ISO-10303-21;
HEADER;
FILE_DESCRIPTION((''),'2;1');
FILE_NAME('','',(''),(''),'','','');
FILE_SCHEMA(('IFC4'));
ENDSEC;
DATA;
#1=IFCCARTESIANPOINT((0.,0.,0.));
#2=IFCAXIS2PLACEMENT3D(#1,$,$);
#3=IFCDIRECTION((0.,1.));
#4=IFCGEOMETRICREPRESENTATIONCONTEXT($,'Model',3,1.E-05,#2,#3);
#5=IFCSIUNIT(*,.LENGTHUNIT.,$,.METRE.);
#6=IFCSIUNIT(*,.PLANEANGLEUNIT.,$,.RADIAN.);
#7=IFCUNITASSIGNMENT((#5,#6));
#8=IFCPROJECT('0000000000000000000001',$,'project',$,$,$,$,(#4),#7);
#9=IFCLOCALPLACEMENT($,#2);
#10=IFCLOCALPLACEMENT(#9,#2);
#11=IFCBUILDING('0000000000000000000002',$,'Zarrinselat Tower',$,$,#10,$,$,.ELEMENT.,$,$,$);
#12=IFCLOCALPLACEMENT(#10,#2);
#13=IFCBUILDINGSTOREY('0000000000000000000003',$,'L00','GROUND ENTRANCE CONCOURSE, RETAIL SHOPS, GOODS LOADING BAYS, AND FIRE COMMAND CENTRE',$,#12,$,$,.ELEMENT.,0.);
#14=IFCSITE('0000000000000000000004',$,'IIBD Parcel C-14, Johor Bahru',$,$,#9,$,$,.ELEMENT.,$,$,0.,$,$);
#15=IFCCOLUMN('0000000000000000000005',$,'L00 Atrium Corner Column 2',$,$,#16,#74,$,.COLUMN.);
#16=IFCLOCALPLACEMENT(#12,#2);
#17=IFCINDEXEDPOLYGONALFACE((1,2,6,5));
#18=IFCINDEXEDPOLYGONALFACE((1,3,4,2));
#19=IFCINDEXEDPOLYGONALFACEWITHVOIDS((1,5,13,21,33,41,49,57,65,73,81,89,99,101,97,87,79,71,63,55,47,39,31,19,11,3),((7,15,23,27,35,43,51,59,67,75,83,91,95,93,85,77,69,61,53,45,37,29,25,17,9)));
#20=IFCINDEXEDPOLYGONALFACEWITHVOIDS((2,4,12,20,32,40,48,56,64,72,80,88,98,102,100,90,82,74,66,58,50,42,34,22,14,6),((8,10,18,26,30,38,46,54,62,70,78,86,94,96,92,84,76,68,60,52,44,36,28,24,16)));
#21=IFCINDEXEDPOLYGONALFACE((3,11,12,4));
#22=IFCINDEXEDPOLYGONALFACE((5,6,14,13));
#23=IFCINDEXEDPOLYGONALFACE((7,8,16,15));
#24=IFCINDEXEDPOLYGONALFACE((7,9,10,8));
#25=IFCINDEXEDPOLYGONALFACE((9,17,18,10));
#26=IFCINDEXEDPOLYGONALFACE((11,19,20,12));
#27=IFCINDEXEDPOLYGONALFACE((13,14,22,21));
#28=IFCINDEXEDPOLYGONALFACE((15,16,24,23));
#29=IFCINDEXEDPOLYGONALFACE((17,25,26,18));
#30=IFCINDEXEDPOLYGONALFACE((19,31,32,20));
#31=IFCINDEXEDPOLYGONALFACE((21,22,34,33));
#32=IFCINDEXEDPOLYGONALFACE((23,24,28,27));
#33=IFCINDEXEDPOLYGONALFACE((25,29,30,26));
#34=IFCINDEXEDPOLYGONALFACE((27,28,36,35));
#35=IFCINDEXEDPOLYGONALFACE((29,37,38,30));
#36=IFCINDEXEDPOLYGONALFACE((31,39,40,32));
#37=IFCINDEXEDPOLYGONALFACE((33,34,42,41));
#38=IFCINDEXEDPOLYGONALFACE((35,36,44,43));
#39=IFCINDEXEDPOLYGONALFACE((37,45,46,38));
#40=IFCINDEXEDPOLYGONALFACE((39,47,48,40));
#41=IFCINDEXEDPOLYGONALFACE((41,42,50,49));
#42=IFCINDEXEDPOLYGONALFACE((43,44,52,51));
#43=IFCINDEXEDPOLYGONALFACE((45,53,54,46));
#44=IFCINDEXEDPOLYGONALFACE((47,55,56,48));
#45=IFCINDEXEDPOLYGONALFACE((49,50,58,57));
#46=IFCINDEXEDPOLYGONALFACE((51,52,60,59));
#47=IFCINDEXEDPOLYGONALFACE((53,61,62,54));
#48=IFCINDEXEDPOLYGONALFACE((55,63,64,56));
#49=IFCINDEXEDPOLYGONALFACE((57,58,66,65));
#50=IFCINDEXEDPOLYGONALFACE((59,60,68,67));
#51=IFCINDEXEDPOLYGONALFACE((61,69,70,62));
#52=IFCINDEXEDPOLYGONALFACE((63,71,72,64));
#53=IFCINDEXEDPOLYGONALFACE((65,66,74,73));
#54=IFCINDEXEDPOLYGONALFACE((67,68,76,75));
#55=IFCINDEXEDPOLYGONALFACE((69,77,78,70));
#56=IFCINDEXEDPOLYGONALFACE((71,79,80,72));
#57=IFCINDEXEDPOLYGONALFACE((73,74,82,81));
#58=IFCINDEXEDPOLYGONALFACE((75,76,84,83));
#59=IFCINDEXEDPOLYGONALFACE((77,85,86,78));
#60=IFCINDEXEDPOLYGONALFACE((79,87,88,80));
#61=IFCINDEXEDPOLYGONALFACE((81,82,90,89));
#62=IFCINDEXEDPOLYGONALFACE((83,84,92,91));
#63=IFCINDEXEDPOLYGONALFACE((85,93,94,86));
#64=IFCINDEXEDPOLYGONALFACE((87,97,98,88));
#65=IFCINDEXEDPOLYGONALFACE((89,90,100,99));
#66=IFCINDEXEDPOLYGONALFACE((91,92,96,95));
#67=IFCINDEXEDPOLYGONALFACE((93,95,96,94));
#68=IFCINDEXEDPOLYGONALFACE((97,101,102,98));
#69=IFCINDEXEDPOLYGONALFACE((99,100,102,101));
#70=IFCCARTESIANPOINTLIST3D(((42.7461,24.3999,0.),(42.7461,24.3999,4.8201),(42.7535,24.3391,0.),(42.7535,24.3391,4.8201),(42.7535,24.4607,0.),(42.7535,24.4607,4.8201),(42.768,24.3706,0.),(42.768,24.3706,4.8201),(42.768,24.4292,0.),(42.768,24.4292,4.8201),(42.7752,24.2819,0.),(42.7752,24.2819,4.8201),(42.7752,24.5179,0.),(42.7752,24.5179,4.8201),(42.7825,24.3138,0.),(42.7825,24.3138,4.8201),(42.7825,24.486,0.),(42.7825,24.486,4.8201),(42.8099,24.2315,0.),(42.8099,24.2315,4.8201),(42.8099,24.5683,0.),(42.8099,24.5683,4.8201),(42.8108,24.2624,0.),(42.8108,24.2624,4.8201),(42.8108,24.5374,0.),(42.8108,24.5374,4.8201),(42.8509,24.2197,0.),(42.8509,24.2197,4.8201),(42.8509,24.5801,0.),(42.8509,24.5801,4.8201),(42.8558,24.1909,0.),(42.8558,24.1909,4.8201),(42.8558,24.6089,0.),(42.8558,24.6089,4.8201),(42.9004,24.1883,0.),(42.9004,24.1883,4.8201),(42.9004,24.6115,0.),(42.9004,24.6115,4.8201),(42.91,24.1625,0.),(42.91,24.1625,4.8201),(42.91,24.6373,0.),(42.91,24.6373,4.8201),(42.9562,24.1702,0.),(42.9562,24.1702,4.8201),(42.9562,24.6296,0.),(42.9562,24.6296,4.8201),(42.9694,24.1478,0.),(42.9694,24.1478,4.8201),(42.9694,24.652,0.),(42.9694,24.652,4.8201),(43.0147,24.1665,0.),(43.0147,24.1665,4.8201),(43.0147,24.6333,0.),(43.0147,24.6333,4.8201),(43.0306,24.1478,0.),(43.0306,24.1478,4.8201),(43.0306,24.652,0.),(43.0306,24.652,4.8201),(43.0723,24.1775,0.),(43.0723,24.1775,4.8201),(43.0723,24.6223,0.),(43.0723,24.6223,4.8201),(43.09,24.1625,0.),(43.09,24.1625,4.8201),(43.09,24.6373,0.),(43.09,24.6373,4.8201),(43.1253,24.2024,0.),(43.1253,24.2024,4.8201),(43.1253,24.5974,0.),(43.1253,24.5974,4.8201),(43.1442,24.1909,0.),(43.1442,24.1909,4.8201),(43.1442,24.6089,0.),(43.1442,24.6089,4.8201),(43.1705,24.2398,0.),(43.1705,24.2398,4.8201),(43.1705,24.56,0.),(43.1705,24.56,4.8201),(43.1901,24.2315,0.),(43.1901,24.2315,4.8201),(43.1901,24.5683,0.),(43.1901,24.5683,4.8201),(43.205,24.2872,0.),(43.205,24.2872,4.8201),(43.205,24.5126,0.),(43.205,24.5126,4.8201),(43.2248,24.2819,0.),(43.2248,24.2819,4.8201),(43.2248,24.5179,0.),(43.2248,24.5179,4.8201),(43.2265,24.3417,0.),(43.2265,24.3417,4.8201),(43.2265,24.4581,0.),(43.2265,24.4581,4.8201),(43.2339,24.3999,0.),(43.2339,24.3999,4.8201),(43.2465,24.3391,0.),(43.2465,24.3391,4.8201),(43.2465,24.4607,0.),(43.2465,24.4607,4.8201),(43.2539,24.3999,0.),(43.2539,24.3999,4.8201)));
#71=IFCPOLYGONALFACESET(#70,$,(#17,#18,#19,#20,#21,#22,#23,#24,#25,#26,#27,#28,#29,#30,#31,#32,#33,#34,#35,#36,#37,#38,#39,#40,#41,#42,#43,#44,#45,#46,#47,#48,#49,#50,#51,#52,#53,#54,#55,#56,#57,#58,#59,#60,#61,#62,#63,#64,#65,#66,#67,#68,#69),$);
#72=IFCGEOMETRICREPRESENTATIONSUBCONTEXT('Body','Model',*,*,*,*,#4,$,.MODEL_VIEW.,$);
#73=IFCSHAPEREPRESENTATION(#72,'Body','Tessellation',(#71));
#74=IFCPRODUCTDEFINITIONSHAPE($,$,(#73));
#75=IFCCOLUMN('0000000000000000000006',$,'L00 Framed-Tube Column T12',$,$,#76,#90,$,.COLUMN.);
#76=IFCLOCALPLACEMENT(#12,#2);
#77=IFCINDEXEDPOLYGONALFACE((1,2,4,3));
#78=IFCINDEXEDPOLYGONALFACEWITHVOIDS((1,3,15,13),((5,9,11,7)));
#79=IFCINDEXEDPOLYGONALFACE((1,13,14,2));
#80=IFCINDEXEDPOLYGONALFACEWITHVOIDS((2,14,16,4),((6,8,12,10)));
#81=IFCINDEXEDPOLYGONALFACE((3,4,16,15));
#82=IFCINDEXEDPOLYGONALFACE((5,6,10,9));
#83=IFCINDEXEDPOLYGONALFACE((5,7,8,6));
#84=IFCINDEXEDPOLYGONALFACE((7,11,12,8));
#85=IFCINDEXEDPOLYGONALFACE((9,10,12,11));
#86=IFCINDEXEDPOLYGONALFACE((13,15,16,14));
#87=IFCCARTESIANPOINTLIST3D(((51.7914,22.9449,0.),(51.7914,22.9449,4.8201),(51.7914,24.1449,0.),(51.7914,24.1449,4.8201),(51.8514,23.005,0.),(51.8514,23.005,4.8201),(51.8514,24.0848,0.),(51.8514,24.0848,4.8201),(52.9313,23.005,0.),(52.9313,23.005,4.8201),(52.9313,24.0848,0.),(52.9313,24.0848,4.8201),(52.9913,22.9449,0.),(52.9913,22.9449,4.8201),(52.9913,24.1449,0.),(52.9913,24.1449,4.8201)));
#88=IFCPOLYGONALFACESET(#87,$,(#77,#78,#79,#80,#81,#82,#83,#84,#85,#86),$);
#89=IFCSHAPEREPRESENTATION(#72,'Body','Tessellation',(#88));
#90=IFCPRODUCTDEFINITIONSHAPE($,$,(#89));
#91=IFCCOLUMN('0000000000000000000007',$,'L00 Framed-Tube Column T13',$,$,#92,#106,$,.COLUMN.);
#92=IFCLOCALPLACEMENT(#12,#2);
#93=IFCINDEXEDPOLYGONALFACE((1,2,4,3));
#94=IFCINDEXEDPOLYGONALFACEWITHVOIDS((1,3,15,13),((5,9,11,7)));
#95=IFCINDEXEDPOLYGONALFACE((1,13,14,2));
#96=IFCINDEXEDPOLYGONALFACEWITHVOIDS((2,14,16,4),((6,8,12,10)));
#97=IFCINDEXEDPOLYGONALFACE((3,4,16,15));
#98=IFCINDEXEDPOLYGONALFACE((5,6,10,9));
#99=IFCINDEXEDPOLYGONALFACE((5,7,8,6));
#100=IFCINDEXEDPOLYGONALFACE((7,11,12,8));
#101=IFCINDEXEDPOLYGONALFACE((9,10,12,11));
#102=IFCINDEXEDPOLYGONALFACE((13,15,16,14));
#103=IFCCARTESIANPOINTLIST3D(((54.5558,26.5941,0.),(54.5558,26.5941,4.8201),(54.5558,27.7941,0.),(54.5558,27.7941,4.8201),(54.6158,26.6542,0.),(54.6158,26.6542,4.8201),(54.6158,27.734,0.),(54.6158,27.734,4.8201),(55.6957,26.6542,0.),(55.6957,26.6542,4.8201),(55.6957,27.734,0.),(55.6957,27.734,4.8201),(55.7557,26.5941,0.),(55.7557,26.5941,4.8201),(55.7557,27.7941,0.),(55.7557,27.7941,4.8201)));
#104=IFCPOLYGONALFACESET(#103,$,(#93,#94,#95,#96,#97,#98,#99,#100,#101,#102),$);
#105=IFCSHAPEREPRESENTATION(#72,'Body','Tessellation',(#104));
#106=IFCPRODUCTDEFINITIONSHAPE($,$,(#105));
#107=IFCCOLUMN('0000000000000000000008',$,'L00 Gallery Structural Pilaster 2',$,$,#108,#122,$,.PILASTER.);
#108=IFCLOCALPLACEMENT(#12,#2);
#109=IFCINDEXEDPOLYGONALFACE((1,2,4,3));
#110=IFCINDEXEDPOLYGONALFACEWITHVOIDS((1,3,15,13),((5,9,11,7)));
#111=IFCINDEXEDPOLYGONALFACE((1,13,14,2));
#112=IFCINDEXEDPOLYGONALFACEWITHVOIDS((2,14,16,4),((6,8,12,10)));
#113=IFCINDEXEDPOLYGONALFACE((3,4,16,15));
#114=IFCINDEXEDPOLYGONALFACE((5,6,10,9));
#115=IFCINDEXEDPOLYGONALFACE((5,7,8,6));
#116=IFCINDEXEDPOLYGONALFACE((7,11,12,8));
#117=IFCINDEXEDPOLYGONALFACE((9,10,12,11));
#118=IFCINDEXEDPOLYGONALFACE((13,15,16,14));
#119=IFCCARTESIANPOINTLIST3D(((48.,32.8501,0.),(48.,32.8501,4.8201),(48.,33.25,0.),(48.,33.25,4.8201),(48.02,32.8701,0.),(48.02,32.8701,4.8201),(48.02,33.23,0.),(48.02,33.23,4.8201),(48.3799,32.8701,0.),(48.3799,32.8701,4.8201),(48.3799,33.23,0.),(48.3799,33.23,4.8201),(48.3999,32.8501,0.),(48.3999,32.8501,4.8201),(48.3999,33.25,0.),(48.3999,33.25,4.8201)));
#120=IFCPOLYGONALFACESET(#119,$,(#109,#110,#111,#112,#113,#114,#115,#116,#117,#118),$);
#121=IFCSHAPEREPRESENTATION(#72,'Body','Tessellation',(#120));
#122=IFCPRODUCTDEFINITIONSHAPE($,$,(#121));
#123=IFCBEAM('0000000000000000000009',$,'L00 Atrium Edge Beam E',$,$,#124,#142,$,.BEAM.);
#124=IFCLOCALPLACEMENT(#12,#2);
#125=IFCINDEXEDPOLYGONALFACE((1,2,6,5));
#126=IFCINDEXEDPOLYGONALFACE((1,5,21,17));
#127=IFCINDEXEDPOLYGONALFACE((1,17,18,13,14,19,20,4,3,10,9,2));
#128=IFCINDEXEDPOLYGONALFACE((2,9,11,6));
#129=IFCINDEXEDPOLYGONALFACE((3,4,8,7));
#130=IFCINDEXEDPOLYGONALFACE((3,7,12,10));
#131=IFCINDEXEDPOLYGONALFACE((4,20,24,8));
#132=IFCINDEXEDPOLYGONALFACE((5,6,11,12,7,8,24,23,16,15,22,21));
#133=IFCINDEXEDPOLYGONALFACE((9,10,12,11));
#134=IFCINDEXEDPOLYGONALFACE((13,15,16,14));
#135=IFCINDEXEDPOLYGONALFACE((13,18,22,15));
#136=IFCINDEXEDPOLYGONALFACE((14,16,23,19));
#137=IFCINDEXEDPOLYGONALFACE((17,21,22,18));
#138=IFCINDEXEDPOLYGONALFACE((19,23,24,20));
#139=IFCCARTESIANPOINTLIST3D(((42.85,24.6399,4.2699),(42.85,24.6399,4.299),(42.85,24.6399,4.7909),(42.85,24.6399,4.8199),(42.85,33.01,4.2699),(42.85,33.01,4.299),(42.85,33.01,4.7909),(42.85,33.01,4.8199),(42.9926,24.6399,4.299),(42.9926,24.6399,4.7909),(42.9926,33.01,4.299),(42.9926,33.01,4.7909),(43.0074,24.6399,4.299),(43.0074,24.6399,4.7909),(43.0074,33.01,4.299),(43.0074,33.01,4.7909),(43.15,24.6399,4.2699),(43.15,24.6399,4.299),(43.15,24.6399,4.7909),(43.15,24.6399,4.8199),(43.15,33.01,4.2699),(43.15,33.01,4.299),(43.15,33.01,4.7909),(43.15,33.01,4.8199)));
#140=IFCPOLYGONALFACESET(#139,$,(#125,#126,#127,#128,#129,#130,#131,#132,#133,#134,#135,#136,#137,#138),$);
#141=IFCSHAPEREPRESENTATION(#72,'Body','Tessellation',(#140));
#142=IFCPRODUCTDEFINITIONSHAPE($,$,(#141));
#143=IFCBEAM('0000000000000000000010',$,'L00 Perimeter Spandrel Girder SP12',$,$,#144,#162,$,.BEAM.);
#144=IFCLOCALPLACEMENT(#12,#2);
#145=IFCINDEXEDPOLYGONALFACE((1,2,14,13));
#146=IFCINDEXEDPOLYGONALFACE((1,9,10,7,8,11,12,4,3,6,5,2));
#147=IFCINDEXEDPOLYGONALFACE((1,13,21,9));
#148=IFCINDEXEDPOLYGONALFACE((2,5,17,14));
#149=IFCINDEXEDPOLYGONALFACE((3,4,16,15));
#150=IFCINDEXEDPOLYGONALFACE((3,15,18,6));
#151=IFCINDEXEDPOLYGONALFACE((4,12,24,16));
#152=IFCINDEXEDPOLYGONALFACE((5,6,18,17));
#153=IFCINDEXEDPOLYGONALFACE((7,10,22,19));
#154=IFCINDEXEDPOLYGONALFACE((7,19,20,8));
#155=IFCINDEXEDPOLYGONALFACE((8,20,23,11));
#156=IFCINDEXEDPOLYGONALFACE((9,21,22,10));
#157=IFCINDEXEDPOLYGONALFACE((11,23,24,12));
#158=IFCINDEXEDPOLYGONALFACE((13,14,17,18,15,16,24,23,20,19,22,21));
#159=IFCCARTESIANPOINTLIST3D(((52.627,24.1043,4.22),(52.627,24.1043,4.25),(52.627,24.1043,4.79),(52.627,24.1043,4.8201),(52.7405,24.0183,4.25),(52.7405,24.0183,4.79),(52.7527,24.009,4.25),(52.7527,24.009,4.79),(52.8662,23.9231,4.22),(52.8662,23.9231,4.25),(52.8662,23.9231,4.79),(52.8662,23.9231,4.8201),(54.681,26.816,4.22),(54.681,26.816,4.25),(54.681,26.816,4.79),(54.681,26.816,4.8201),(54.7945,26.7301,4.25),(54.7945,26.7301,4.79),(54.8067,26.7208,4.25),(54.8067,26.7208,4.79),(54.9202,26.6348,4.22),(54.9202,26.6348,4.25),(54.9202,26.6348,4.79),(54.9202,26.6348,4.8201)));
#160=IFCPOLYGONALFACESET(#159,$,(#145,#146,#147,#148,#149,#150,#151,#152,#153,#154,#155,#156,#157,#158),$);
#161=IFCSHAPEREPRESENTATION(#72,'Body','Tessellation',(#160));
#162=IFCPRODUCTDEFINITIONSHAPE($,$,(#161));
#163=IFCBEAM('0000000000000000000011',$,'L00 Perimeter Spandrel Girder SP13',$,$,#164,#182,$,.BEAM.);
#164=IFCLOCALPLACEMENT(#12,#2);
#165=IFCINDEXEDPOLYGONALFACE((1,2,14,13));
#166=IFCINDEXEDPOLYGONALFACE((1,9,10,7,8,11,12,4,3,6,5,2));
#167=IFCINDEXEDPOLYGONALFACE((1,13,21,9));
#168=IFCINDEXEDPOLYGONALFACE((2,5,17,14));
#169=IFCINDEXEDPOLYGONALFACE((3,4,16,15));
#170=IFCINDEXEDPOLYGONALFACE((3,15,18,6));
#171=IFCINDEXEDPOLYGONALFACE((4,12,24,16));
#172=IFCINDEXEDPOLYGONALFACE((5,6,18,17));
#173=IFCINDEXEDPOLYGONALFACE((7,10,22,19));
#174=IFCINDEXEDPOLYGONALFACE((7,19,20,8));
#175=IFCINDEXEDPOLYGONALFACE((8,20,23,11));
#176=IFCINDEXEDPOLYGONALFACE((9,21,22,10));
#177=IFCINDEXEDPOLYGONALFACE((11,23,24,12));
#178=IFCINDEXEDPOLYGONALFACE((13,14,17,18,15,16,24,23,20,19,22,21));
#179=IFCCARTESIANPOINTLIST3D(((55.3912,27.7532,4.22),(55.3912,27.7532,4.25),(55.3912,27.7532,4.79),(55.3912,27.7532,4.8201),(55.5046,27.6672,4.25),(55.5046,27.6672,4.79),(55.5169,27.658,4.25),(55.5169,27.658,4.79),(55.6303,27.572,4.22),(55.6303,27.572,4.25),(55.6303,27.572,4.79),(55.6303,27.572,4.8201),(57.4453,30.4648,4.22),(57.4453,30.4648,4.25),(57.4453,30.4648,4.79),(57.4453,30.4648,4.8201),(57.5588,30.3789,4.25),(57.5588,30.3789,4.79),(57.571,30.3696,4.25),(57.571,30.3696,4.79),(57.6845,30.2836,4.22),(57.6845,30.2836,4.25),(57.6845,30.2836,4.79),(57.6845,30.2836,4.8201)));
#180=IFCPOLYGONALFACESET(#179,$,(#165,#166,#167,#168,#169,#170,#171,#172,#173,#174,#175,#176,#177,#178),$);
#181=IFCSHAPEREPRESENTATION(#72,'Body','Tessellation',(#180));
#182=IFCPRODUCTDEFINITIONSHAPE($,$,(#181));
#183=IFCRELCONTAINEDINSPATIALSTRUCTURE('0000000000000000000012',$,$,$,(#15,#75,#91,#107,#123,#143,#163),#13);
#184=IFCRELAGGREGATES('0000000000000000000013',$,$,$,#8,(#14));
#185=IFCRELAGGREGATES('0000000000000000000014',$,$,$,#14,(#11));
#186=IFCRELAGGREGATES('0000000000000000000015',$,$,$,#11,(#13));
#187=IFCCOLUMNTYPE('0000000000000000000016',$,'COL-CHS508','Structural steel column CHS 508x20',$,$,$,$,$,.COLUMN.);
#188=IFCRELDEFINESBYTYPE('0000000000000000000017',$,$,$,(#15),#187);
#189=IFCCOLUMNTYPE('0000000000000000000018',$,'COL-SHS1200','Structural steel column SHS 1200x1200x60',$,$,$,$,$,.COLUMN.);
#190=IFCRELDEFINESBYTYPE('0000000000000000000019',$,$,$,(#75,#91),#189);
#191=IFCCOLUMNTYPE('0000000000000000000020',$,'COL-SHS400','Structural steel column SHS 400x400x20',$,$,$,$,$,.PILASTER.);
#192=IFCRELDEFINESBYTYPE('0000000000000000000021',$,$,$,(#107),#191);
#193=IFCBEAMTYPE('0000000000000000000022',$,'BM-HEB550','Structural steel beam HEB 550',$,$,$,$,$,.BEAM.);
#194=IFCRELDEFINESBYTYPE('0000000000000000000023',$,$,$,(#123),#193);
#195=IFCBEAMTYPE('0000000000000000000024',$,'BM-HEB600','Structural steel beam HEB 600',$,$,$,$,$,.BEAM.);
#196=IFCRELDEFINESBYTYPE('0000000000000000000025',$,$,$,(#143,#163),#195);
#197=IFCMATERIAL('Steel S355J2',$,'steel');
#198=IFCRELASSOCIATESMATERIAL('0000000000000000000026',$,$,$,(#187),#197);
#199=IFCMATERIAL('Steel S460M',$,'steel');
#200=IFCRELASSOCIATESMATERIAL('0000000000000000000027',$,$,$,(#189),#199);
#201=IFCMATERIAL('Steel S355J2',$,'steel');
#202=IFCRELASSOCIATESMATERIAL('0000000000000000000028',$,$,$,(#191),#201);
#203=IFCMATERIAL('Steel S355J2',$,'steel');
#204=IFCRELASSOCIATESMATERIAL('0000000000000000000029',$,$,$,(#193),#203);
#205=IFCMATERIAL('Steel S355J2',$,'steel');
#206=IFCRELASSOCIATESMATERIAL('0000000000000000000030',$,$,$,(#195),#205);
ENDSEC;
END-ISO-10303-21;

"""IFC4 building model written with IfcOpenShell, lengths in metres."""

from ifc_helpers import new_model, si_unit, direction, frame, origin, origin_2d, place, context, subcontext, project, spatial, hollow_rectangle, hollow_circle, i_section, extrude, material, material_profile, profile_set, type_object, element, save


model = new_model("IFC4")

# Units and contexts
model_context = context("Model", 3, precision=1e-05, world=origin(), true_north=direction((0.0, 1.0)))
body_context = subcontext(model_context, "Body", "Model", "MODEL_VIEW")
ifc_project = project(units=[si_unit("LENGTHUNIT", "METRE"), si_unit("PLANEANGLEUNIT", "RADIAN")], contexts=[model_context])

# Site, building, storey
site_placement = place(None, origin())
site = spatial("IfcSite", under=ifc_project, at=site_placement, Name="IIBD Parcel C-14, Johor Bahru", CompositionType="ELEMENT", RefElevation=0.0)
building_placement = place(site_placement, origin())
building = spatial("IfcBuilding", under=site, at=building_placement, Name="Zarrinselat Tower", CompositionType="ELEMENT")
storey_placement = place(building_placement, origin())
storey = spatial("IfcBuildingStorey", under=building, at=storey_placement, Name="L00", Description="GROUND ENTRANCE CONCOURSE, RETAIL SHOPS, GOODS LOADING BAYS, AND FIRE COMMAND CENTRE", CompositionType="ELEMENT", Elevation=0.0)

# Columns
ifc_material_1 = material(Name="Steel S355J2", Category="steel")
ifc_material_profile_1 = material_profile(ifc_material_1, hollow_circle(Radius=0.2539, WallThickness=0.02, at=origin_2d()), Name="CHS 508x20")
ifc_profile_set_1 = profile_set([ifc_material_profile_1], Name="Steel S355J2")
column_type_1 = type_object("IfcColumnType", Name="COL-CHS508", Description="Structural steel column CHS 508x20", PredefinedType="COLUMN", material=ifc_profile_set_1)
column_1_placement = place(storey_placement, frame((43.0, 24.3999, 0.0), z_axis=(0.0, 0.0, 1.0), x_axis=(1.0, 0.0, 0.0)))
element("IfcColumn", 1, at=column_1_placement, inside=storey, type_object=column_type_1, Name="L00 Atrium Corner Column 2", PredefinedType="COLUMN", context=body_context, shape_type="SweptSolid", body=[
    extrude(hollow_circle(Radius=0.2539, WallThickness=0.02, at=origin_2d()), origin(), (0.0, 0.0, 1.0), 4.8201),
])
ifc_material_2 = material(Name="Steel S460M", Category="steel")
ifc_material_profile_2 = material_profile(ifc_material_2, hollow_rectangle(XDim=1.2, YDim=1.2, WallThickness=0.0601, at=origin_2d()), Name="SHS 1200x1200x60")
ifc_profile_set_2 = profile_set([ifc_material_profile_2], Name="Steel S460M")
column_type_2 = type_object("IfcColumnType", Name="COL-SHS1200", Description="Structural steel column SHS 1200x1200x60", PredefinedType="COLUMN", material=ifc_profile_set_2)
for number, where, z_axis, x_axis, name in (
    (2, (52.3914, 23.5449, 0.0), (0.0, 0.0, 1.0), (1.0, 0.0, 0.0), "L00 Framed-Tube Column T12"),
    (3, (55.1558, 27.1941, 0.0), (0.0, 0.0, 1.0), (1.0, 0.0, 0.0), "L00 Framed-Tube Column T13"),
):
    element("IfcColumn", number, at=place(storey_placement, frame(where, z_axis=z_axis, x_axis=x_axis)), inside=storey, type_object=column_type_2, Name=name, PredefinedType="COLUMN", context=body_context, shape_type="SweptSolid", body=[
        extrude(hollow_rectangle(XDim=1.2, YDim=1.2, WallThickness=0.0601, at=origin_2d()), origin(), (0.0, 0.0, 1.0), 4.8201),
    ])
ifc_material_3 = material(Name="Steel S355J2", Category="steel")
ifc_material_profile_3 = material_profile(ifc_material_3, hollow_rectangle(XDim=0.3999, YDim=0.3999, WallThickness=0.02, at=origin_2d()), Name="SHS 400x400x20")
ifc_profile_set_3 = profile_set([ifc_material_profile_3], Name="Steel S355J2")
column_type_3 = type_object("IfcColumnType", Name="COL-SHS400", Description="Structural steel column SHS 400x400x20", PredefinedType="PILASTER", material=ifc_profile_set_3)
column_2_placement = place(storey_placement, frame((48.2, 33.05, 0.0), z_axis=(0.0, 0.0, 1.0), x_axis=(1.0, 0.0, 0.0)))
element("IfcColumn", 4, at=column_2_placement, inside=storey, type_object=column_type_3, Name="L00 Gallery Structural Pilaster 2", PredefinedType="PILASTER", context=body_context, shape_type="SweptSolid", body=[
    extrude(hollow_rectangle(XDim=0.3999, YDim=0.3999, WallThickness=0.02, at=origin_2d()), origin(), (0.0, 0.0, 1.0), 4.8201),
])

# Beams
ifc_material_4 = material(Name="Steel S355J2", Category="steel")
ifc_material_profile_4 = material_profile(ifc_material_4, i_section(OverallWidth=0.3, OverallDepth=0.55, WebThickness=0.0149, FlangeThickness=0.0291, at=origin_2d()), Name="HEB 550")
ifc_profile_set_4 = profile_set([ifc_material_profile_4], Name="Steel S355J2")
beam_type_1 = type_object("IfcBeamType", Name="BM-HEB550", Description="Structural steel beam HEB 550", PredefinedType="BEAM", material=ifc_profile_set_4)
beam_1_placement = place(storey_placement, frame((43.0, 24.6399, 4.5449), z_axis=(0.0, 1.0, 0.0), x_axis=(-1.0, 0.0, 0.0)))
element("IfcBeam", 5, at=beam_1_placement, inside=storey, type_object=beam_type_1, Name="L00 Atrium Edge Beam E", PredefinedType="BEAM", context=body_context, shape_type="SweptSolid", body=[
    extrude(i_section(OverallWidth=0.3, OverallDepth=0.55, WebThickness=0.0149, FlangeThickness=0.0291, at=origin_2d()), origin(), (0.0, 0.0, 1.0), 8.3701),
])
ifc_material_5 = material(Name="Steel S355J2", Category="steel")
ifc_material_profile_5 = material_profile(ifc_material_5, i_section(OverallWidth=0.3, OverallDepth=0.6001, WebThickness=0.0154, FlangeThickness=0.03, at=origin_2d()), Name="HEB 600")
ifc_profile_set_5 = profile_set([ifc_material_profile_5], Name="Steel S355J2")
beam_type_2 = type_object("IfcBeamType", Name="BM-HEB600", Description="Structural steel beam HEB 600", PredefinedType="BEAM", material=ifc_profile_set_5)
for number, where, z_axis, x_axis, name in (
    (6, (52.7466, 24.0137, 4.52), (0.603794, 0.79714, 0.0), (-0.79714, 0.603794, 0.0), "L00 Perimeter Spandrel Girder SP12"),
    (7, (55.5107, 27.6626, 4.52), (0.60384, 0.797106, 0.0), (-0.797106, 0.60384, 0.0), "L00 Perimeter Spandrel Girder SP13"),
):
    element("IfcBeam", number, at=place(storey_placement, frame(where, z_axis=z_axis, x_axis=x_axis)), inside=storey, type_object=beam_type_2, Name=name, PredefinedType="BEAM", context=body_context, shape_type="SweptSolid", body=[
        extrude(i_section(OverallWidth=0.3, OverallDepth=0.6001, WebThickness=0.0154, FlangeThickness=0.03, at=origin_2d()), origin(), (0.0, 0.0, 1.0), 3.4019),
    ])

save(model, "model.ifc")
